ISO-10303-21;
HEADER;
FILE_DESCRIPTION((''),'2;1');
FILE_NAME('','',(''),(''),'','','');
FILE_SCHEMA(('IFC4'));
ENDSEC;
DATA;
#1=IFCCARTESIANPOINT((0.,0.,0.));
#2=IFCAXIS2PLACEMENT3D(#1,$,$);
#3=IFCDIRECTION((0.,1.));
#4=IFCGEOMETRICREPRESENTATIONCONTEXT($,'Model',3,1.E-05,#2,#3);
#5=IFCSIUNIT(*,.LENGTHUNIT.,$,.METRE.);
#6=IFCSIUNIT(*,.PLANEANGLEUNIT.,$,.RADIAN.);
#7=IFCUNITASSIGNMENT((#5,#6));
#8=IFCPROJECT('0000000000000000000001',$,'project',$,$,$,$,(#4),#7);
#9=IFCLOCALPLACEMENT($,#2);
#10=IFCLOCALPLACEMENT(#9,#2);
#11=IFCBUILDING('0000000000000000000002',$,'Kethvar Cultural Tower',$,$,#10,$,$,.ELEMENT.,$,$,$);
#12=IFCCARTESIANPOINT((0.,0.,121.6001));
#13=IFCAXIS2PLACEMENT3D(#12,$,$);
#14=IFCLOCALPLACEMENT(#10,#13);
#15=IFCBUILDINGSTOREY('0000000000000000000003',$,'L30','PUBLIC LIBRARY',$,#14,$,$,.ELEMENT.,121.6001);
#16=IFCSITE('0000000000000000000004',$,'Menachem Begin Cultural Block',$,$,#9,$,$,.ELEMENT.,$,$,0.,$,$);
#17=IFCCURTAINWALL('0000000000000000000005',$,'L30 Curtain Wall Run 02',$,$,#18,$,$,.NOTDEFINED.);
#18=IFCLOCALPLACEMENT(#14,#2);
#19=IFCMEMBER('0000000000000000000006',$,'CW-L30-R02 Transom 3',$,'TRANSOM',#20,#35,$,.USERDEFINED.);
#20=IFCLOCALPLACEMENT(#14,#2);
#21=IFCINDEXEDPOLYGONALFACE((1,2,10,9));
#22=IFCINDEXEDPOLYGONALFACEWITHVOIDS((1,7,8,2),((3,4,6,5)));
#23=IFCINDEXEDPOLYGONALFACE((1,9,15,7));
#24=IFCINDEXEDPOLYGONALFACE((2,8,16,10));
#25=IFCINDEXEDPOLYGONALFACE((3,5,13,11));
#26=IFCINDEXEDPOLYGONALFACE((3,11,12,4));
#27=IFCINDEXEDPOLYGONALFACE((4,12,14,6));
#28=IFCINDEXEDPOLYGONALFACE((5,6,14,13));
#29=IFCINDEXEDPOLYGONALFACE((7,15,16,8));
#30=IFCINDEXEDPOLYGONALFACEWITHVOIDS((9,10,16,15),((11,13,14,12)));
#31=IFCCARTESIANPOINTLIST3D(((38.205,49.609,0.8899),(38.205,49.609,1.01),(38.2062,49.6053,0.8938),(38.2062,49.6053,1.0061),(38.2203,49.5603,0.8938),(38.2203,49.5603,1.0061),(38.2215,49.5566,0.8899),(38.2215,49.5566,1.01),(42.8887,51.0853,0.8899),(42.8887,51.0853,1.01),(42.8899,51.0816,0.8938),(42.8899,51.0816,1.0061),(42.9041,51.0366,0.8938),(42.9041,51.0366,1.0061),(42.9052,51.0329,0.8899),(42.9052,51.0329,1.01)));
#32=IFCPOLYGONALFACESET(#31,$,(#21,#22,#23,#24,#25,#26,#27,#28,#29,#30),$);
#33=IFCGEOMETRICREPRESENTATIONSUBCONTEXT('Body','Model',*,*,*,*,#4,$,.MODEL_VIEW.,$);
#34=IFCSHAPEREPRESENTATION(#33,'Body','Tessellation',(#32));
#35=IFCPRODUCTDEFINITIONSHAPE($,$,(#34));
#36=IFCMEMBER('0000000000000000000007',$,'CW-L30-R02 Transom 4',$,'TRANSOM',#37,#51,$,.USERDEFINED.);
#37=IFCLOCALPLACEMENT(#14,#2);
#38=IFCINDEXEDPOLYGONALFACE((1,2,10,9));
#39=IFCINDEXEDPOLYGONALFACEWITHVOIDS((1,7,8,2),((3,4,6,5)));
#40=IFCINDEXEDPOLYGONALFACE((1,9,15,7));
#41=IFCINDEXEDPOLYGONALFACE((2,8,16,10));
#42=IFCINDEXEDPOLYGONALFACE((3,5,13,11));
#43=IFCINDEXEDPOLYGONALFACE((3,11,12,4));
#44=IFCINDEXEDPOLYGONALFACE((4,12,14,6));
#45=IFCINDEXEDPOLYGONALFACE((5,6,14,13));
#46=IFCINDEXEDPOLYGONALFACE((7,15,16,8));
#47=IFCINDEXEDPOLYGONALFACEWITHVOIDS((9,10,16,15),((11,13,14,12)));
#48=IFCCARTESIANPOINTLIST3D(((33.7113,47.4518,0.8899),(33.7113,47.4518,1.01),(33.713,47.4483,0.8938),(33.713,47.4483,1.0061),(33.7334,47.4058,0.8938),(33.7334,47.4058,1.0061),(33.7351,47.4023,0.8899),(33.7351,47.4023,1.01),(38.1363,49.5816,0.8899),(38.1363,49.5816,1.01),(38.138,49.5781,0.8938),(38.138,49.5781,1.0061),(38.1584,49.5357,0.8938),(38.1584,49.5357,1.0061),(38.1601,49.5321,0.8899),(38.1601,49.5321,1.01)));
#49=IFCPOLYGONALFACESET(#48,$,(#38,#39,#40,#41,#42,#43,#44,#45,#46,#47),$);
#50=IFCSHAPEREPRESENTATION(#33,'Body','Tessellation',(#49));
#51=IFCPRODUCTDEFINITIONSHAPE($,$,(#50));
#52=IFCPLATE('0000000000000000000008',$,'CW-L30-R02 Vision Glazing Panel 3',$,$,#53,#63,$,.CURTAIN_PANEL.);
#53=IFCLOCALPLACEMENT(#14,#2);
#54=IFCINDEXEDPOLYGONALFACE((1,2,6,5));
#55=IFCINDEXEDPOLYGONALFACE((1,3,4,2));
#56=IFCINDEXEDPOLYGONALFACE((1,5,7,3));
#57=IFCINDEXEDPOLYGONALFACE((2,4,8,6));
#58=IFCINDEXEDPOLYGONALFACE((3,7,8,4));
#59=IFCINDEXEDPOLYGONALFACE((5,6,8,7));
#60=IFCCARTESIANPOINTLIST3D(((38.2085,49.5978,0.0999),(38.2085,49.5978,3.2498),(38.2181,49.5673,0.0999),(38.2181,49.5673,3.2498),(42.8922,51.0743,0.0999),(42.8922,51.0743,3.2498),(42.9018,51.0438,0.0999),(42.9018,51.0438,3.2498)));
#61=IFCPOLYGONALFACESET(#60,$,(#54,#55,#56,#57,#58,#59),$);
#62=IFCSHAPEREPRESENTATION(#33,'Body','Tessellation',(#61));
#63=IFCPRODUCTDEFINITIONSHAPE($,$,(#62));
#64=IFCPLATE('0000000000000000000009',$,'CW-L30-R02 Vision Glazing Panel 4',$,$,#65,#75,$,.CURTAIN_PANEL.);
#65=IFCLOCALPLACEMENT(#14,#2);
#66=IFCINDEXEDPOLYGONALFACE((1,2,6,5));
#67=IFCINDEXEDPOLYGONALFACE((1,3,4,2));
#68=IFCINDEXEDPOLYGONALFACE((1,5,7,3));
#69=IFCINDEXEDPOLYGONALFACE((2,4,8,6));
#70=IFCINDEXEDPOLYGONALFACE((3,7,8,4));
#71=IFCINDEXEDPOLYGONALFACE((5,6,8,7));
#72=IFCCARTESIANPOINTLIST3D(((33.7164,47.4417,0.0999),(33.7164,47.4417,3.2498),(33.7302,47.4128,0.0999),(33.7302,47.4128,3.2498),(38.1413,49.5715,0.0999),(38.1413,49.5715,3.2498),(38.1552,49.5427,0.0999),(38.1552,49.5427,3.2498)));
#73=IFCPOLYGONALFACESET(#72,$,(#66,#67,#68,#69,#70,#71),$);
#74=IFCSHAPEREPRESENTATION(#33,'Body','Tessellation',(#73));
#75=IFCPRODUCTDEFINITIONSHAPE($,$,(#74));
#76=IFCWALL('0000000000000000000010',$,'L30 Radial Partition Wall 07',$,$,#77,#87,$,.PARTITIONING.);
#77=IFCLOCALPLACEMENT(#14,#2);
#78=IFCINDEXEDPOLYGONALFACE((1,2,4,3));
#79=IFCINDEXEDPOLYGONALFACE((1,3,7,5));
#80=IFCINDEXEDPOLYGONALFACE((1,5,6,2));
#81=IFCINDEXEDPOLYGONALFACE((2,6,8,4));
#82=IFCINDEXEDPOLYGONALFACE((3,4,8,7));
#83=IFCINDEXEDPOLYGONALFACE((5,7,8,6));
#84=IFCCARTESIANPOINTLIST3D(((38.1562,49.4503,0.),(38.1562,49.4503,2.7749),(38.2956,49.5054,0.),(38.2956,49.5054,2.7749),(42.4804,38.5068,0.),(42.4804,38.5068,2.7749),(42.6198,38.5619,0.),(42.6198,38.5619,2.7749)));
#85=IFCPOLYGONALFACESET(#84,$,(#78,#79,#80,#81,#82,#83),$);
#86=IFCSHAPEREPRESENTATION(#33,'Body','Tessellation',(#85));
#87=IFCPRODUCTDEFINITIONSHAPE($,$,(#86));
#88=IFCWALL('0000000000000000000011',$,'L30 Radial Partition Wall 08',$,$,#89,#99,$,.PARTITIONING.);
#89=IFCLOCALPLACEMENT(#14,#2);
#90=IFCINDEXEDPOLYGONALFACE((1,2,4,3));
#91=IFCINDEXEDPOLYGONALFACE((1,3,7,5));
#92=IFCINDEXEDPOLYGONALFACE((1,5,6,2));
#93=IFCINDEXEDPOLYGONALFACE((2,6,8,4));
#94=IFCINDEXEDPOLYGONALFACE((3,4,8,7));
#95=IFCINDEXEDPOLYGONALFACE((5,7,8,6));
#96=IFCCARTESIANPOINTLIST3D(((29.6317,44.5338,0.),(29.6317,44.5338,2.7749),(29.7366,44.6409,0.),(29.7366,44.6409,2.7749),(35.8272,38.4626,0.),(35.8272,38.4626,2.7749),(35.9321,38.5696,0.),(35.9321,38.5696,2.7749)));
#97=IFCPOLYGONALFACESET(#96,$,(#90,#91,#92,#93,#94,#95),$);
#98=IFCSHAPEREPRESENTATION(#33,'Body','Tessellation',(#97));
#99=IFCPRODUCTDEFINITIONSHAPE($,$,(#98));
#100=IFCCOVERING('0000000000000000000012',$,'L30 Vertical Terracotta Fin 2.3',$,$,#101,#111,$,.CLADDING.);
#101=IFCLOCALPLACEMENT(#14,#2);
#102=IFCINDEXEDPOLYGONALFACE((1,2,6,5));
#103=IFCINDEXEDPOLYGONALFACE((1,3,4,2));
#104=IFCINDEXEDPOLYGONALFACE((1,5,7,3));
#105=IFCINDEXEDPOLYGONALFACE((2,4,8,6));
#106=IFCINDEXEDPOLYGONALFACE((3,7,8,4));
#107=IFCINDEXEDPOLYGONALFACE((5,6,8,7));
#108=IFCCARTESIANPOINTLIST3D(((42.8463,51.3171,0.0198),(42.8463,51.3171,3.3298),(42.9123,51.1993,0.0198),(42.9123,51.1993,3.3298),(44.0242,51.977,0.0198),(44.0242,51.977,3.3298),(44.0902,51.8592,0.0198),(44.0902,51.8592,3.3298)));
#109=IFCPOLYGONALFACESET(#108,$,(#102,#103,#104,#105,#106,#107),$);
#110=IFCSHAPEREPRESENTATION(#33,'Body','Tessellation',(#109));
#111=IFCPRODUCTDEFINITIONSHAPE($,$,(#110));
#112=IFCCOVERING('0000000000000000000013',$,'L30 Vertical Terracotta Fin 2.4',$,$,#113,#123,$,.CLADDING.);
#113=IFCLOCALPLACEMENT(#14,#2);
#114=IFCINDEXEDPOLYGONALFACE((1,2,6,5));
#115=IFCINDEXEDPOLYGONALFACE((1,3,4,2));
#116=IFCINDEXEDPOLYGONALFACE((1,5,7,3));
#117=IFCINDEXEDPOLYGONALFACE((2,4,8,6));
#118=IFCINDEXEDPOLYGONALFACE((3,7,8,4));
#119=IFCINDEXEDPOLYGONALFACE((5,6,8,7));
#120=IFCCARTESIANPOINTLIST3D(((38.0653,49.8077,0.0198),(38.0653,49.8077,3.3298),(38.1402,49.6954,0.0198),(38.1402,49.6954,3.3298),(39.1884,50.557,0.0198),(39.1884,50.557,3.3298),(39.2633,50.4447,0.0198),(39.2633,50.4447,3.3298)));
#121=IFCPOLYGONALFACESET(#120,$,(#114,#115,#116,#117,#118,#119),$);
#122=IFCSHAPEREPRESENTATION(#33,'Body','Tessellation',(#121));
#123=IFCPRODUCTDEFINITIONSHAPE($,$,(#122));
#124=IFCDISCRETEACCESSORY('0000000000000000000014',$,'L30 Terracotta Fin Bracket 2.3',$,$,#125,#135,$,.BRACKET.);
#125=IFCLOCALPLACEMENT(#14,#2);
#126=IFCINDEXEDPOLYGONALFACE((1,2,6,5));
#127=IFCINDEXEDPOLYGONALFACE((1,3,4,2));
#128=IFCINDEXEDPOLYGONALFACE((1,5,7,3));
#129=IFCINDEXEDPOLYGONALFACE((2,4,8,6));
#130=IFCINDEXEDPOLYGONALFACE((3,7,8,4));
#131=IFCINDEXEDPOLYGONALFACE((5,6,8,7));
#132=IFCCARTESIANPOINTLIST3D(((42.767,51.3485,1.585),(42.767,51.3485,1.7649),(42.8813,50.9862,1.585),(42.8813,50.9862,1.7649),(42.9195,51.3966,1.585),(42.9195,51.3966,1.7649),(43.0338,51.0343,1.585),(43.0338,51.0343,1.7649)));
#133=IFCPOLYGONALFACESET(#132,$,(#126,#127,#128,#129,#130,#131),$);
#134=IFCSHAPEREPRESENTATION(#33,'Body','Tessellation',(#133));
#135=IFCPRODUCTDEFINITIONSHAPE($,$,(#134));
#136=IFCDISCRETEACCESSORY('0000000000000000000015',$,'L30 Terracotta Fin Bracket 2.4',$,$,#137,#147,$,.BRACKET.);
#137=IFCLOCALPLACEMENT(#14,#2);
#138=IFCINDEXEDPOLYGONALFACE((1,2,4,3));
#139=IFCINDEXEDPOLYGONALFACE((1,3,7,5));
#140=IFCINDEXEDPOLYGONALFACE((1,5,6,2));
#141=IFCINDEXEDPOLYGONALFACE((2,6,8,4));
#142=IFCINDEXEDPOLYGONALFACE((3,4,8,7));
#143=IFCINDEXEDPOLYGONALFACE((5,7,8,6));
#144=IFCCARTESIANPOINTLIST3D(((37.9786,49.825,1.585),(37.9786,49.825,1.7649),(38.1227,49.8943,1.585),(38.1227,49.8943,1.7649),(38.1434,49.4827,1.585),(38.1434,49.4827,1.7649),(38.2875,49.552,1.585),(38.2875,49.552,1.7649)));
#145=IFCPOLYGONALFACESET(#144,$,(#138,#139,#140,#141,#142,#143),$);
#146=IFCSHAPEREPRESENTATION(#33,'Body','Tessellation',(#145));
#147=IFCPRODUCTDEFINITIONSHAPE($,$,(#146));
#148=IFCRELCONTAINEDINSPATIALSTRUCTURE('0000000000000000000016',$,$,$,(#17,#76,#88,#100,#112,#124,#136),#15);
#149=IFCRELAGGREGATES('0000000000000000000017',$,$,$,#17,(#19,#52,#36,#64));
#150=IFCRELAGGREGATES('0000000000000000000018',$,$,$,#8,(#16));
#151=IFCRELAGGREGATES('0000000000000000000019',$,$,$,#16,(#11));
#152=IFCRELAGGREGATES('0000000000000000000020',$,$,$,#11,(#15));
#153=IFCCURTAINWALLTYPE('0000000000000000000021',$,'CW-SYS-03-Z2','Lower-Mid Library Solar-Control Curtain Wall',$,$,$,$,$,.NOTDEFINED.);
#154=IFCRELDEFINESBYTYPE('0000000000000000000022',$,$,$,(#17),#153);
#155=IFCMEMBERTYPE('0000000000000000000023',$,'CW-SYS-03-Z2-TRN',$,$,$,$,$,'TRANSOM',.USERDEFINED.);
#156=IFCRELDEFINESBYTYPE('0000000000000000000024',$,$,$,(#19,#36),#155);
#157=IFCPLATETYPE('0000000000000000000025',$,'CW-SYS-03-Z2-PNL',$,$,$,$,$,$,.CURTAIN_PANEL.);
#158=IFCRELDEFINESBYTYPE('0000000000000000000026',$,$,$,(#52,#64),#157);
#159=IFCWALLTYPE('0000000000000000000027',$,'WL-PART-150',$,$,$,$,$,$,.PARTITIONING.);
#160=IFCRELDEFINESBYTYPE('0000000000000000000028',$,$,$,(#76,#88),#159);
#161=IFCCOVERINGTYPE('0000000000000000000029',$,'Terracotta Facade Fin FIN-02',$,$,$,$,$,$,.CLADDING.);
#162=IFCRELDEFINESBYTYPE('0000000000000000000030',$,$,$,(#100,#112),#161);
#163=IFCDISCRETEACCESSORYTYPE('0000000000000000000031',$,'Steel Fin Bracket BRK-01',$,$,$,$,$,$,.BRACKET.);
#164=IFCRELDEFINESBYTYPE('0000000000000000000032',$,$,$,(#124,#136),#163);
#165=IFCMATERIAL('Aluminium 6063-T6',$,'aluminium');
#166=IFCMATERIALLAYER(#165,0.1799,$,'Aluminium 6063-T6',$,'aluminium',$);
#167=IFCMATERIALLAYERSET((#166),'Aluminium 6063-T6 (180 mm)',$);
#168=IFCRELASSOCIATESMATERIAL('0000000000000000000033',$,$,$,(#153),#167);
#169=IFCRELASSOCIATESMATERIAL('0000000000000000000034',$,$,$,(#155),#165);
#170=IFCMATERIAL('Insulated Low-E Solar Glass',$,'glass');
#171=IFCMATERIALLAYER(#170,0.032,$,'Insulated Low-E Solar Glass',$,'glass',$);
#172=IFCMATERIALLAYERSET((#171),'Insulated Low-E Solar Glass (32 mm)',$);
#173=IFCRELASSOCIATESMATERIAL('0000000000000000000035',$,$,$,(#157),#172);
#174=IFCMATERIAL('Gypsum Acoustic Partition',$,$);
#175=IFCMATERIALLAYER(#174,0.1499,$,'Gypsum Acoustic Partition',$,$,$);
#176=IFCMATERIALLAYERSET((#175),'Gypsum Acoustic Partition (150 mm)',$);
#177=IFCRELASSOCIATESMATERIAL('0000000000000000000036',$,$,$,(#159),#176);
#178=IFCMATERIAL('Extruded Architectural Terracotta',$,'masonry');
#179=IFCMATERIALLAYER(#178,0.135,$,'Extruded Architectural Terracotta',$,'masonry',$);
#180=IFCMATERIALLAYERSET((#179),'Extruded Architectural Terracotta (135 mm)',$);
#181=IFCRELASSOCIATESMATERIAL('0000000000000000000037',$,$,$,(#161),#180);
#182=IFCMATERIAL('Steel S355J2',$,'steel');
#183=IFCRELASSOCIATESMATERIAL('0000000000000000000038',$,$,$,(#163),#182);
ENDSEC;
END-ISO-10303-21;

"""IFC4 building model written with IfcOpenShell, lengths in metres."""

from ifc_helpers import new_model, si_unit, direction, frame, frame_2d, origin, origin_2d, place, context, subcontext, project, spatial, rectangle, hollow_rectangle, extrude, source, transform, mapped, material, layer, layer_set, material_profile, profile_set, type_object, element, aggregate, save


model = new_model("IFC4")

# Units and contexts
model_context = context("Model", 3, precision=1e-05, world=origin(), true_north=direction((0.0, 1.0)))
body_context = subcontext(model_context, "Body", "Model", "MODEL_VIEW")
ifc_project = project(units=[si_unit("LENGTHUNIT", "METRE"), si_unit("PLANEANGLEUNIT", "RADIAN")], contexts=[model_context])

# Site, building, storey
site_placement = place(None, origin())
site = spatial("IfcSite", under=ifc_project, at=site_placement, Name="Menachem Begin Cultural Block", CompositionType="ELEMENT", RefElevation=0.0)
building_placement = place(site_placement, origin())
building = spatial("IfcBuilding", under=site, at=building_placement, Name="Kethvar Cultural Tower", CompositionType="ELEMENT")
storey_placement = place(building_placement, frame((0.0, 0.0, 121.6001)))
storey = spatial("IfcBuildingStorey", under=building, at=storey_placement, Name="L30", Description="PUBLIC LIBRARY", CompositionType="ELEMENT", Elevation=121.6001)

# Shared definitions
ifc_material_1 = material(Name="Steel S355J2", Category="steel")

# Curtain wall, members, plates
ifc_material_2 = material(Name="Aluminium 6063-T6", Category="aluminium")
ifc_layer_1 = layer(ifc_material_2, 0.1799, Name="Aluminium 6063-T6", Category="aluminium")
ifc_layer_set_1 = layer_set([ifc_layer_1], Name="Aluminium 6063-T6 (180 mm)")
curtain_wall_type = type_object("IfcCurtainWallType", Name="CW-SYS-03-Z2", Description="Lower-Mid Library Solar-Control Curtain Wall", PredefinedType="NOTDEFINED", material=ifc_layer_set_1)
curtain_wall_placement = place(storey_placement, origin())
curtain_wall = element("IfcCurtainWall", 1, at=curtain_wall_placement, inside=storey, type_object=curtain_wall_type, Name="L30 Curtain Wall Run 02", PredefinedType="NOTDEFINED")
ifc_material_profile_1 = material_profile(ifc_material_2, hollow_rectangle(XDim=0.0549, YDim=0.1201, WallThickness=0.0039, at=origin_2d()), Name="Aluminium 6063-T6 — RHS120x55x4")
ifc_profile_set_1 = profile_set([ifc_material_profile_1], Name="Aluminium 6063-T6 — RHS120x55x4")
member_type_1 = type_object("IfcMemberType", Name="CW-SYS-03-Z2-TRN", ElementType="TRANSOM", PredefinedType="USERDEFINED", material=ifc_profile_set_1)
shared_shape_1 = source(origin(), body_context, "Body", "SweptSolid", [
    extrude(hollow_rectangle(XDim=0.0549, YDim=0.1201, WallThickness=0.0039, at=origin_2d()), origin(), (0.0, 0.0, 1.0), 4.9109),
])
member_1_placement = place(storey_placement, frame((42.897, 51.0591, 0.95), z_axis=(-0.953746, -0.300615, 0.0), x_axis=(0.300615, -0.953746, 0.0)))
member_1 = element("IfcMember", 2, at=member_1_placement, type_object=member_type_1, Name="CW-L30-R02 Transom 3", ObjectType="TRANSOM", PredefinedType="USERDEFINED", context=body_context, shape_type="MappedRepresentation", body=[
    mapped(shared_shape_1, transform((0.0, 0.0, 0.0), scale=1.0)),
])
member_2_placement = place(storey_placement, frame((38.1482, 49.5569, 0.95), z_axis=(-0.901057, -0.433701, 0.0), x_axis=(0.433701, -0.901057, 0.0)))
member_2 = element("IfcMember", 3, at=member_2_placement, type_object=member_type_1, Name="CW-L30-R02 Transom 4", ObjectType="TRANSOM", PredefinedType="USERDEFINED", context=body_context, shape_type="MappedRepresentation", body=[
    mapped(shared_shape_1, transform((0.0, 0.0, 0.0), scale=1.0)),
])
ifc_material_3 = material(Name="Insulated Low-E Solar Glass", Category="glass")
ifc_layer_2 = layer(ifc_material_3, 0.032, Name="Insulated Low-E Solar Glass", Category="glass")
ifc_layer_set_2 = layer_set([ifc_layer_2], Name="Insulated Low-E Solar Glass (32 mm)")
plate_type = type_object("IfcPlateType", Name="CW-SYS-03-Z2-PNL", PredefinedType="CURTAIN_PANEL", material=ifc_layer_set_2)
shared_shape_2 = source(origin(), body_context, "Body", "SweptSolid", [
    extrude(rectangle(XDim=4.9109, YDim=0.032, at=origin_2d()), origin(), (0.0, 0.0, 1.0), 3.1499),
])
plate_1_placement = place(storey_placement, frame((40.5552, 50.3208, 0.0999), z_axis=(0.0, 0.0, 1.0), x_axis=(-0.953733, -0.300656, 0.0)))
plate_1 = element("IfcPlate", 4, at=plate_1_placement, type_object=plate_type, Name="CW-L30-R02 Vision Glazing Panel 3", PredefinedType="CURTAIN_PANEL", context=body_context, shape_type="MappedRepresentation", body=[
    mapped(shared_shape_2, transform((0.0, 0.0, 0.0), scale=1.0)),
])
plate_2_placement = place(storey_placement, frame((35.9358, 48.4922, 0.0999), z_axis=(0.0, 0.0, 1.0), x_axis=(-0.901054, -0.433706, 0.0)))
plate_2 = element("IfcPlate", 5, at=plate_2_placement, type_object=plate_type, Name="CW-L30-R02 Vision Glazing Panel 4", PredefinedType="CURTAIN_PANEL", context=body_context, shape_type="MappedRepresentation", body=[
    mapped(shared_shape_2, transform((0.0, 0.0, 0.0), scale=1.0)),
])
aggregate(curtain_wall, [member_1, plate_1, member_2, plate_2])

# Walls
ifc_material_4 = material(Name="Gypsum Acoustic Partition")
ifc_layer_3 = layer(ifc_material_4, 0.1499, Name="Gypsum Acoustic Partition")
ifc_layer_set_3 = layer_set([ifc_layer_3], Name="Gypsum Acoustic Partition (150 mm)")
wall_type = type_object("IfcWallType", Name="WL-PART-150", PredefinedType="PARTITIONING", material=ifc_layer_set_3)
wall_1_placement = place(storey_placement, frame((42.55, 38.5344, 0.0), z_axis=(0.0, 0.0, 1.0), x_axis=(-0.367488, 0.930028, 0.0)))
element("IfcWall", 6, at=wall_1_placement, inside=storey, type_object=wall_type, Name="L30 Radial Partition Wall 07", PredefinedType="PARTITIONING", context=body_context, shape_type="SweptSolid", body=[
    extrude(rectangle(XDim=11.7668, YDim=0.1499, at=frame_2d((5.8833, 0.0))), origin(), (0.0, 0.0, 1.0), 2.7749),
])
wall_2_placement = place(storey_placement, frame((35.8796, 38.5161, 0.0), z_axis=(0.0, 0.0, 1.0), x_axis=(-0.714233, 0.699908, 0.0)))
element("IfcWall", 7, at=wall_2_placement, inside=storey, type_object=wall_type, Name="L30 Radial Partition Wall 08", PredefinedType="PARTITIONING", context=body_context, shape_type="SweptSolid", body=[
    extrude(rectangle(XDim=8.6743, YDim=0.1499, at=frame_2d((4.3372, 0.0))), origin(), (0.0, 0.0, 1.0), 2.7749),
])

# Coverings
ifc_material_5 = material(Name="Extruded Architectural Terracotta", Category="masonry")
ifc_layer_4 = layer(ifc_material_5, 0.135, Name="Extruded Architectural Terracotta", Category="masonry")
ifc_layer_set_4 = layer_set([ifc_layer_4], Name="Extruded Architectural Terracotta (135 mm)")
covering_type = type_object("IfcCoveringType", Name="Terracotta Facade Fin FIN-02", PredefinedType="CLADDING", material=ifc_layer_set_4)
shared_shape_3 = source(origin(), body_context, "Body", "SweptSolid", [
    extrude(rectangle(XDim=1.3501, YDim=0.135, at=origin_2d()), origin(), (0.0, 0.0, 1.0), 3.3101),
])
for number, where, z_axis, x_axis, name in (
    (8, (43.4683, 51.5881, 0.0198), (0.0, 0.0, 1.0), (0.872411, 0.488774, 0.0), "L30 Vertical Terracotta Fin 2.3"),
    (9, (38.6643, 50.1262, 0.0198), (0.0, 0.0, 1.0), (0.831857, 0.55499, 0.0), "L30 Vertical Terracotta Fin 2.4"),
):
    element("IfcCovering", number, at=place(storey_placement, frame(where, z_axis=z_axis, x_axis=x_axis)), inside=storey, type_object=covering_type, Name=name, PredefinedType="CLADDING", context=body_context, shape_type="MappedRepresentation", body=[
        mapped(shared_shape_3, transform((0.0, 0.0, 0.0), scale=1.0)),
    ])

# Discrete accessories
discrete_accessory_type = type_object("IfcDiscreteAccessoryType", Name="Steel Fin Bracket BRK-01", PredefinedType="BRACKET", material=ifc_material_1)
shared_shape_4 = source(origin(), body_context, "Body", "SweptSolid", [
    extrude(rectangle(XDim=0.3799, YDim=0.1599, at=origin_2d()), origin(), (0.0, 0.0, 1.0), 0.1799),
])
for number, where, z_axis, x_axis, name in (
    (10, (42.9004, 51.1914, 1.585), (0.0, 0.0, 1.0), (-0.300706, 0.953717, 0.0), "L30 Terracotta Fin Bracket 2.3"),
    (11, (38.1331, 49.6885, 1.585), (0.0, 0.0, 1.0), (-0.433659, 0.901077, 0.0), "L30 Terracotta Fin Bracket 2.4"),
):
    element("IfcDiscreteAccessory", number, at=place(storey_placement, frame(where, z_axis=z_axis, x_axis=x_axis)), inside=storey, type_object=discrete_accessory_type, Name=name, PredefinedType="BRACKET", context=body_context, shape_type="MappedRepresentation", body=[
        mapped(shared_shape_4, transform((0.0, 0.0, 0.0), scale=1.0)),
    ])

save(model, "model.ifc")
